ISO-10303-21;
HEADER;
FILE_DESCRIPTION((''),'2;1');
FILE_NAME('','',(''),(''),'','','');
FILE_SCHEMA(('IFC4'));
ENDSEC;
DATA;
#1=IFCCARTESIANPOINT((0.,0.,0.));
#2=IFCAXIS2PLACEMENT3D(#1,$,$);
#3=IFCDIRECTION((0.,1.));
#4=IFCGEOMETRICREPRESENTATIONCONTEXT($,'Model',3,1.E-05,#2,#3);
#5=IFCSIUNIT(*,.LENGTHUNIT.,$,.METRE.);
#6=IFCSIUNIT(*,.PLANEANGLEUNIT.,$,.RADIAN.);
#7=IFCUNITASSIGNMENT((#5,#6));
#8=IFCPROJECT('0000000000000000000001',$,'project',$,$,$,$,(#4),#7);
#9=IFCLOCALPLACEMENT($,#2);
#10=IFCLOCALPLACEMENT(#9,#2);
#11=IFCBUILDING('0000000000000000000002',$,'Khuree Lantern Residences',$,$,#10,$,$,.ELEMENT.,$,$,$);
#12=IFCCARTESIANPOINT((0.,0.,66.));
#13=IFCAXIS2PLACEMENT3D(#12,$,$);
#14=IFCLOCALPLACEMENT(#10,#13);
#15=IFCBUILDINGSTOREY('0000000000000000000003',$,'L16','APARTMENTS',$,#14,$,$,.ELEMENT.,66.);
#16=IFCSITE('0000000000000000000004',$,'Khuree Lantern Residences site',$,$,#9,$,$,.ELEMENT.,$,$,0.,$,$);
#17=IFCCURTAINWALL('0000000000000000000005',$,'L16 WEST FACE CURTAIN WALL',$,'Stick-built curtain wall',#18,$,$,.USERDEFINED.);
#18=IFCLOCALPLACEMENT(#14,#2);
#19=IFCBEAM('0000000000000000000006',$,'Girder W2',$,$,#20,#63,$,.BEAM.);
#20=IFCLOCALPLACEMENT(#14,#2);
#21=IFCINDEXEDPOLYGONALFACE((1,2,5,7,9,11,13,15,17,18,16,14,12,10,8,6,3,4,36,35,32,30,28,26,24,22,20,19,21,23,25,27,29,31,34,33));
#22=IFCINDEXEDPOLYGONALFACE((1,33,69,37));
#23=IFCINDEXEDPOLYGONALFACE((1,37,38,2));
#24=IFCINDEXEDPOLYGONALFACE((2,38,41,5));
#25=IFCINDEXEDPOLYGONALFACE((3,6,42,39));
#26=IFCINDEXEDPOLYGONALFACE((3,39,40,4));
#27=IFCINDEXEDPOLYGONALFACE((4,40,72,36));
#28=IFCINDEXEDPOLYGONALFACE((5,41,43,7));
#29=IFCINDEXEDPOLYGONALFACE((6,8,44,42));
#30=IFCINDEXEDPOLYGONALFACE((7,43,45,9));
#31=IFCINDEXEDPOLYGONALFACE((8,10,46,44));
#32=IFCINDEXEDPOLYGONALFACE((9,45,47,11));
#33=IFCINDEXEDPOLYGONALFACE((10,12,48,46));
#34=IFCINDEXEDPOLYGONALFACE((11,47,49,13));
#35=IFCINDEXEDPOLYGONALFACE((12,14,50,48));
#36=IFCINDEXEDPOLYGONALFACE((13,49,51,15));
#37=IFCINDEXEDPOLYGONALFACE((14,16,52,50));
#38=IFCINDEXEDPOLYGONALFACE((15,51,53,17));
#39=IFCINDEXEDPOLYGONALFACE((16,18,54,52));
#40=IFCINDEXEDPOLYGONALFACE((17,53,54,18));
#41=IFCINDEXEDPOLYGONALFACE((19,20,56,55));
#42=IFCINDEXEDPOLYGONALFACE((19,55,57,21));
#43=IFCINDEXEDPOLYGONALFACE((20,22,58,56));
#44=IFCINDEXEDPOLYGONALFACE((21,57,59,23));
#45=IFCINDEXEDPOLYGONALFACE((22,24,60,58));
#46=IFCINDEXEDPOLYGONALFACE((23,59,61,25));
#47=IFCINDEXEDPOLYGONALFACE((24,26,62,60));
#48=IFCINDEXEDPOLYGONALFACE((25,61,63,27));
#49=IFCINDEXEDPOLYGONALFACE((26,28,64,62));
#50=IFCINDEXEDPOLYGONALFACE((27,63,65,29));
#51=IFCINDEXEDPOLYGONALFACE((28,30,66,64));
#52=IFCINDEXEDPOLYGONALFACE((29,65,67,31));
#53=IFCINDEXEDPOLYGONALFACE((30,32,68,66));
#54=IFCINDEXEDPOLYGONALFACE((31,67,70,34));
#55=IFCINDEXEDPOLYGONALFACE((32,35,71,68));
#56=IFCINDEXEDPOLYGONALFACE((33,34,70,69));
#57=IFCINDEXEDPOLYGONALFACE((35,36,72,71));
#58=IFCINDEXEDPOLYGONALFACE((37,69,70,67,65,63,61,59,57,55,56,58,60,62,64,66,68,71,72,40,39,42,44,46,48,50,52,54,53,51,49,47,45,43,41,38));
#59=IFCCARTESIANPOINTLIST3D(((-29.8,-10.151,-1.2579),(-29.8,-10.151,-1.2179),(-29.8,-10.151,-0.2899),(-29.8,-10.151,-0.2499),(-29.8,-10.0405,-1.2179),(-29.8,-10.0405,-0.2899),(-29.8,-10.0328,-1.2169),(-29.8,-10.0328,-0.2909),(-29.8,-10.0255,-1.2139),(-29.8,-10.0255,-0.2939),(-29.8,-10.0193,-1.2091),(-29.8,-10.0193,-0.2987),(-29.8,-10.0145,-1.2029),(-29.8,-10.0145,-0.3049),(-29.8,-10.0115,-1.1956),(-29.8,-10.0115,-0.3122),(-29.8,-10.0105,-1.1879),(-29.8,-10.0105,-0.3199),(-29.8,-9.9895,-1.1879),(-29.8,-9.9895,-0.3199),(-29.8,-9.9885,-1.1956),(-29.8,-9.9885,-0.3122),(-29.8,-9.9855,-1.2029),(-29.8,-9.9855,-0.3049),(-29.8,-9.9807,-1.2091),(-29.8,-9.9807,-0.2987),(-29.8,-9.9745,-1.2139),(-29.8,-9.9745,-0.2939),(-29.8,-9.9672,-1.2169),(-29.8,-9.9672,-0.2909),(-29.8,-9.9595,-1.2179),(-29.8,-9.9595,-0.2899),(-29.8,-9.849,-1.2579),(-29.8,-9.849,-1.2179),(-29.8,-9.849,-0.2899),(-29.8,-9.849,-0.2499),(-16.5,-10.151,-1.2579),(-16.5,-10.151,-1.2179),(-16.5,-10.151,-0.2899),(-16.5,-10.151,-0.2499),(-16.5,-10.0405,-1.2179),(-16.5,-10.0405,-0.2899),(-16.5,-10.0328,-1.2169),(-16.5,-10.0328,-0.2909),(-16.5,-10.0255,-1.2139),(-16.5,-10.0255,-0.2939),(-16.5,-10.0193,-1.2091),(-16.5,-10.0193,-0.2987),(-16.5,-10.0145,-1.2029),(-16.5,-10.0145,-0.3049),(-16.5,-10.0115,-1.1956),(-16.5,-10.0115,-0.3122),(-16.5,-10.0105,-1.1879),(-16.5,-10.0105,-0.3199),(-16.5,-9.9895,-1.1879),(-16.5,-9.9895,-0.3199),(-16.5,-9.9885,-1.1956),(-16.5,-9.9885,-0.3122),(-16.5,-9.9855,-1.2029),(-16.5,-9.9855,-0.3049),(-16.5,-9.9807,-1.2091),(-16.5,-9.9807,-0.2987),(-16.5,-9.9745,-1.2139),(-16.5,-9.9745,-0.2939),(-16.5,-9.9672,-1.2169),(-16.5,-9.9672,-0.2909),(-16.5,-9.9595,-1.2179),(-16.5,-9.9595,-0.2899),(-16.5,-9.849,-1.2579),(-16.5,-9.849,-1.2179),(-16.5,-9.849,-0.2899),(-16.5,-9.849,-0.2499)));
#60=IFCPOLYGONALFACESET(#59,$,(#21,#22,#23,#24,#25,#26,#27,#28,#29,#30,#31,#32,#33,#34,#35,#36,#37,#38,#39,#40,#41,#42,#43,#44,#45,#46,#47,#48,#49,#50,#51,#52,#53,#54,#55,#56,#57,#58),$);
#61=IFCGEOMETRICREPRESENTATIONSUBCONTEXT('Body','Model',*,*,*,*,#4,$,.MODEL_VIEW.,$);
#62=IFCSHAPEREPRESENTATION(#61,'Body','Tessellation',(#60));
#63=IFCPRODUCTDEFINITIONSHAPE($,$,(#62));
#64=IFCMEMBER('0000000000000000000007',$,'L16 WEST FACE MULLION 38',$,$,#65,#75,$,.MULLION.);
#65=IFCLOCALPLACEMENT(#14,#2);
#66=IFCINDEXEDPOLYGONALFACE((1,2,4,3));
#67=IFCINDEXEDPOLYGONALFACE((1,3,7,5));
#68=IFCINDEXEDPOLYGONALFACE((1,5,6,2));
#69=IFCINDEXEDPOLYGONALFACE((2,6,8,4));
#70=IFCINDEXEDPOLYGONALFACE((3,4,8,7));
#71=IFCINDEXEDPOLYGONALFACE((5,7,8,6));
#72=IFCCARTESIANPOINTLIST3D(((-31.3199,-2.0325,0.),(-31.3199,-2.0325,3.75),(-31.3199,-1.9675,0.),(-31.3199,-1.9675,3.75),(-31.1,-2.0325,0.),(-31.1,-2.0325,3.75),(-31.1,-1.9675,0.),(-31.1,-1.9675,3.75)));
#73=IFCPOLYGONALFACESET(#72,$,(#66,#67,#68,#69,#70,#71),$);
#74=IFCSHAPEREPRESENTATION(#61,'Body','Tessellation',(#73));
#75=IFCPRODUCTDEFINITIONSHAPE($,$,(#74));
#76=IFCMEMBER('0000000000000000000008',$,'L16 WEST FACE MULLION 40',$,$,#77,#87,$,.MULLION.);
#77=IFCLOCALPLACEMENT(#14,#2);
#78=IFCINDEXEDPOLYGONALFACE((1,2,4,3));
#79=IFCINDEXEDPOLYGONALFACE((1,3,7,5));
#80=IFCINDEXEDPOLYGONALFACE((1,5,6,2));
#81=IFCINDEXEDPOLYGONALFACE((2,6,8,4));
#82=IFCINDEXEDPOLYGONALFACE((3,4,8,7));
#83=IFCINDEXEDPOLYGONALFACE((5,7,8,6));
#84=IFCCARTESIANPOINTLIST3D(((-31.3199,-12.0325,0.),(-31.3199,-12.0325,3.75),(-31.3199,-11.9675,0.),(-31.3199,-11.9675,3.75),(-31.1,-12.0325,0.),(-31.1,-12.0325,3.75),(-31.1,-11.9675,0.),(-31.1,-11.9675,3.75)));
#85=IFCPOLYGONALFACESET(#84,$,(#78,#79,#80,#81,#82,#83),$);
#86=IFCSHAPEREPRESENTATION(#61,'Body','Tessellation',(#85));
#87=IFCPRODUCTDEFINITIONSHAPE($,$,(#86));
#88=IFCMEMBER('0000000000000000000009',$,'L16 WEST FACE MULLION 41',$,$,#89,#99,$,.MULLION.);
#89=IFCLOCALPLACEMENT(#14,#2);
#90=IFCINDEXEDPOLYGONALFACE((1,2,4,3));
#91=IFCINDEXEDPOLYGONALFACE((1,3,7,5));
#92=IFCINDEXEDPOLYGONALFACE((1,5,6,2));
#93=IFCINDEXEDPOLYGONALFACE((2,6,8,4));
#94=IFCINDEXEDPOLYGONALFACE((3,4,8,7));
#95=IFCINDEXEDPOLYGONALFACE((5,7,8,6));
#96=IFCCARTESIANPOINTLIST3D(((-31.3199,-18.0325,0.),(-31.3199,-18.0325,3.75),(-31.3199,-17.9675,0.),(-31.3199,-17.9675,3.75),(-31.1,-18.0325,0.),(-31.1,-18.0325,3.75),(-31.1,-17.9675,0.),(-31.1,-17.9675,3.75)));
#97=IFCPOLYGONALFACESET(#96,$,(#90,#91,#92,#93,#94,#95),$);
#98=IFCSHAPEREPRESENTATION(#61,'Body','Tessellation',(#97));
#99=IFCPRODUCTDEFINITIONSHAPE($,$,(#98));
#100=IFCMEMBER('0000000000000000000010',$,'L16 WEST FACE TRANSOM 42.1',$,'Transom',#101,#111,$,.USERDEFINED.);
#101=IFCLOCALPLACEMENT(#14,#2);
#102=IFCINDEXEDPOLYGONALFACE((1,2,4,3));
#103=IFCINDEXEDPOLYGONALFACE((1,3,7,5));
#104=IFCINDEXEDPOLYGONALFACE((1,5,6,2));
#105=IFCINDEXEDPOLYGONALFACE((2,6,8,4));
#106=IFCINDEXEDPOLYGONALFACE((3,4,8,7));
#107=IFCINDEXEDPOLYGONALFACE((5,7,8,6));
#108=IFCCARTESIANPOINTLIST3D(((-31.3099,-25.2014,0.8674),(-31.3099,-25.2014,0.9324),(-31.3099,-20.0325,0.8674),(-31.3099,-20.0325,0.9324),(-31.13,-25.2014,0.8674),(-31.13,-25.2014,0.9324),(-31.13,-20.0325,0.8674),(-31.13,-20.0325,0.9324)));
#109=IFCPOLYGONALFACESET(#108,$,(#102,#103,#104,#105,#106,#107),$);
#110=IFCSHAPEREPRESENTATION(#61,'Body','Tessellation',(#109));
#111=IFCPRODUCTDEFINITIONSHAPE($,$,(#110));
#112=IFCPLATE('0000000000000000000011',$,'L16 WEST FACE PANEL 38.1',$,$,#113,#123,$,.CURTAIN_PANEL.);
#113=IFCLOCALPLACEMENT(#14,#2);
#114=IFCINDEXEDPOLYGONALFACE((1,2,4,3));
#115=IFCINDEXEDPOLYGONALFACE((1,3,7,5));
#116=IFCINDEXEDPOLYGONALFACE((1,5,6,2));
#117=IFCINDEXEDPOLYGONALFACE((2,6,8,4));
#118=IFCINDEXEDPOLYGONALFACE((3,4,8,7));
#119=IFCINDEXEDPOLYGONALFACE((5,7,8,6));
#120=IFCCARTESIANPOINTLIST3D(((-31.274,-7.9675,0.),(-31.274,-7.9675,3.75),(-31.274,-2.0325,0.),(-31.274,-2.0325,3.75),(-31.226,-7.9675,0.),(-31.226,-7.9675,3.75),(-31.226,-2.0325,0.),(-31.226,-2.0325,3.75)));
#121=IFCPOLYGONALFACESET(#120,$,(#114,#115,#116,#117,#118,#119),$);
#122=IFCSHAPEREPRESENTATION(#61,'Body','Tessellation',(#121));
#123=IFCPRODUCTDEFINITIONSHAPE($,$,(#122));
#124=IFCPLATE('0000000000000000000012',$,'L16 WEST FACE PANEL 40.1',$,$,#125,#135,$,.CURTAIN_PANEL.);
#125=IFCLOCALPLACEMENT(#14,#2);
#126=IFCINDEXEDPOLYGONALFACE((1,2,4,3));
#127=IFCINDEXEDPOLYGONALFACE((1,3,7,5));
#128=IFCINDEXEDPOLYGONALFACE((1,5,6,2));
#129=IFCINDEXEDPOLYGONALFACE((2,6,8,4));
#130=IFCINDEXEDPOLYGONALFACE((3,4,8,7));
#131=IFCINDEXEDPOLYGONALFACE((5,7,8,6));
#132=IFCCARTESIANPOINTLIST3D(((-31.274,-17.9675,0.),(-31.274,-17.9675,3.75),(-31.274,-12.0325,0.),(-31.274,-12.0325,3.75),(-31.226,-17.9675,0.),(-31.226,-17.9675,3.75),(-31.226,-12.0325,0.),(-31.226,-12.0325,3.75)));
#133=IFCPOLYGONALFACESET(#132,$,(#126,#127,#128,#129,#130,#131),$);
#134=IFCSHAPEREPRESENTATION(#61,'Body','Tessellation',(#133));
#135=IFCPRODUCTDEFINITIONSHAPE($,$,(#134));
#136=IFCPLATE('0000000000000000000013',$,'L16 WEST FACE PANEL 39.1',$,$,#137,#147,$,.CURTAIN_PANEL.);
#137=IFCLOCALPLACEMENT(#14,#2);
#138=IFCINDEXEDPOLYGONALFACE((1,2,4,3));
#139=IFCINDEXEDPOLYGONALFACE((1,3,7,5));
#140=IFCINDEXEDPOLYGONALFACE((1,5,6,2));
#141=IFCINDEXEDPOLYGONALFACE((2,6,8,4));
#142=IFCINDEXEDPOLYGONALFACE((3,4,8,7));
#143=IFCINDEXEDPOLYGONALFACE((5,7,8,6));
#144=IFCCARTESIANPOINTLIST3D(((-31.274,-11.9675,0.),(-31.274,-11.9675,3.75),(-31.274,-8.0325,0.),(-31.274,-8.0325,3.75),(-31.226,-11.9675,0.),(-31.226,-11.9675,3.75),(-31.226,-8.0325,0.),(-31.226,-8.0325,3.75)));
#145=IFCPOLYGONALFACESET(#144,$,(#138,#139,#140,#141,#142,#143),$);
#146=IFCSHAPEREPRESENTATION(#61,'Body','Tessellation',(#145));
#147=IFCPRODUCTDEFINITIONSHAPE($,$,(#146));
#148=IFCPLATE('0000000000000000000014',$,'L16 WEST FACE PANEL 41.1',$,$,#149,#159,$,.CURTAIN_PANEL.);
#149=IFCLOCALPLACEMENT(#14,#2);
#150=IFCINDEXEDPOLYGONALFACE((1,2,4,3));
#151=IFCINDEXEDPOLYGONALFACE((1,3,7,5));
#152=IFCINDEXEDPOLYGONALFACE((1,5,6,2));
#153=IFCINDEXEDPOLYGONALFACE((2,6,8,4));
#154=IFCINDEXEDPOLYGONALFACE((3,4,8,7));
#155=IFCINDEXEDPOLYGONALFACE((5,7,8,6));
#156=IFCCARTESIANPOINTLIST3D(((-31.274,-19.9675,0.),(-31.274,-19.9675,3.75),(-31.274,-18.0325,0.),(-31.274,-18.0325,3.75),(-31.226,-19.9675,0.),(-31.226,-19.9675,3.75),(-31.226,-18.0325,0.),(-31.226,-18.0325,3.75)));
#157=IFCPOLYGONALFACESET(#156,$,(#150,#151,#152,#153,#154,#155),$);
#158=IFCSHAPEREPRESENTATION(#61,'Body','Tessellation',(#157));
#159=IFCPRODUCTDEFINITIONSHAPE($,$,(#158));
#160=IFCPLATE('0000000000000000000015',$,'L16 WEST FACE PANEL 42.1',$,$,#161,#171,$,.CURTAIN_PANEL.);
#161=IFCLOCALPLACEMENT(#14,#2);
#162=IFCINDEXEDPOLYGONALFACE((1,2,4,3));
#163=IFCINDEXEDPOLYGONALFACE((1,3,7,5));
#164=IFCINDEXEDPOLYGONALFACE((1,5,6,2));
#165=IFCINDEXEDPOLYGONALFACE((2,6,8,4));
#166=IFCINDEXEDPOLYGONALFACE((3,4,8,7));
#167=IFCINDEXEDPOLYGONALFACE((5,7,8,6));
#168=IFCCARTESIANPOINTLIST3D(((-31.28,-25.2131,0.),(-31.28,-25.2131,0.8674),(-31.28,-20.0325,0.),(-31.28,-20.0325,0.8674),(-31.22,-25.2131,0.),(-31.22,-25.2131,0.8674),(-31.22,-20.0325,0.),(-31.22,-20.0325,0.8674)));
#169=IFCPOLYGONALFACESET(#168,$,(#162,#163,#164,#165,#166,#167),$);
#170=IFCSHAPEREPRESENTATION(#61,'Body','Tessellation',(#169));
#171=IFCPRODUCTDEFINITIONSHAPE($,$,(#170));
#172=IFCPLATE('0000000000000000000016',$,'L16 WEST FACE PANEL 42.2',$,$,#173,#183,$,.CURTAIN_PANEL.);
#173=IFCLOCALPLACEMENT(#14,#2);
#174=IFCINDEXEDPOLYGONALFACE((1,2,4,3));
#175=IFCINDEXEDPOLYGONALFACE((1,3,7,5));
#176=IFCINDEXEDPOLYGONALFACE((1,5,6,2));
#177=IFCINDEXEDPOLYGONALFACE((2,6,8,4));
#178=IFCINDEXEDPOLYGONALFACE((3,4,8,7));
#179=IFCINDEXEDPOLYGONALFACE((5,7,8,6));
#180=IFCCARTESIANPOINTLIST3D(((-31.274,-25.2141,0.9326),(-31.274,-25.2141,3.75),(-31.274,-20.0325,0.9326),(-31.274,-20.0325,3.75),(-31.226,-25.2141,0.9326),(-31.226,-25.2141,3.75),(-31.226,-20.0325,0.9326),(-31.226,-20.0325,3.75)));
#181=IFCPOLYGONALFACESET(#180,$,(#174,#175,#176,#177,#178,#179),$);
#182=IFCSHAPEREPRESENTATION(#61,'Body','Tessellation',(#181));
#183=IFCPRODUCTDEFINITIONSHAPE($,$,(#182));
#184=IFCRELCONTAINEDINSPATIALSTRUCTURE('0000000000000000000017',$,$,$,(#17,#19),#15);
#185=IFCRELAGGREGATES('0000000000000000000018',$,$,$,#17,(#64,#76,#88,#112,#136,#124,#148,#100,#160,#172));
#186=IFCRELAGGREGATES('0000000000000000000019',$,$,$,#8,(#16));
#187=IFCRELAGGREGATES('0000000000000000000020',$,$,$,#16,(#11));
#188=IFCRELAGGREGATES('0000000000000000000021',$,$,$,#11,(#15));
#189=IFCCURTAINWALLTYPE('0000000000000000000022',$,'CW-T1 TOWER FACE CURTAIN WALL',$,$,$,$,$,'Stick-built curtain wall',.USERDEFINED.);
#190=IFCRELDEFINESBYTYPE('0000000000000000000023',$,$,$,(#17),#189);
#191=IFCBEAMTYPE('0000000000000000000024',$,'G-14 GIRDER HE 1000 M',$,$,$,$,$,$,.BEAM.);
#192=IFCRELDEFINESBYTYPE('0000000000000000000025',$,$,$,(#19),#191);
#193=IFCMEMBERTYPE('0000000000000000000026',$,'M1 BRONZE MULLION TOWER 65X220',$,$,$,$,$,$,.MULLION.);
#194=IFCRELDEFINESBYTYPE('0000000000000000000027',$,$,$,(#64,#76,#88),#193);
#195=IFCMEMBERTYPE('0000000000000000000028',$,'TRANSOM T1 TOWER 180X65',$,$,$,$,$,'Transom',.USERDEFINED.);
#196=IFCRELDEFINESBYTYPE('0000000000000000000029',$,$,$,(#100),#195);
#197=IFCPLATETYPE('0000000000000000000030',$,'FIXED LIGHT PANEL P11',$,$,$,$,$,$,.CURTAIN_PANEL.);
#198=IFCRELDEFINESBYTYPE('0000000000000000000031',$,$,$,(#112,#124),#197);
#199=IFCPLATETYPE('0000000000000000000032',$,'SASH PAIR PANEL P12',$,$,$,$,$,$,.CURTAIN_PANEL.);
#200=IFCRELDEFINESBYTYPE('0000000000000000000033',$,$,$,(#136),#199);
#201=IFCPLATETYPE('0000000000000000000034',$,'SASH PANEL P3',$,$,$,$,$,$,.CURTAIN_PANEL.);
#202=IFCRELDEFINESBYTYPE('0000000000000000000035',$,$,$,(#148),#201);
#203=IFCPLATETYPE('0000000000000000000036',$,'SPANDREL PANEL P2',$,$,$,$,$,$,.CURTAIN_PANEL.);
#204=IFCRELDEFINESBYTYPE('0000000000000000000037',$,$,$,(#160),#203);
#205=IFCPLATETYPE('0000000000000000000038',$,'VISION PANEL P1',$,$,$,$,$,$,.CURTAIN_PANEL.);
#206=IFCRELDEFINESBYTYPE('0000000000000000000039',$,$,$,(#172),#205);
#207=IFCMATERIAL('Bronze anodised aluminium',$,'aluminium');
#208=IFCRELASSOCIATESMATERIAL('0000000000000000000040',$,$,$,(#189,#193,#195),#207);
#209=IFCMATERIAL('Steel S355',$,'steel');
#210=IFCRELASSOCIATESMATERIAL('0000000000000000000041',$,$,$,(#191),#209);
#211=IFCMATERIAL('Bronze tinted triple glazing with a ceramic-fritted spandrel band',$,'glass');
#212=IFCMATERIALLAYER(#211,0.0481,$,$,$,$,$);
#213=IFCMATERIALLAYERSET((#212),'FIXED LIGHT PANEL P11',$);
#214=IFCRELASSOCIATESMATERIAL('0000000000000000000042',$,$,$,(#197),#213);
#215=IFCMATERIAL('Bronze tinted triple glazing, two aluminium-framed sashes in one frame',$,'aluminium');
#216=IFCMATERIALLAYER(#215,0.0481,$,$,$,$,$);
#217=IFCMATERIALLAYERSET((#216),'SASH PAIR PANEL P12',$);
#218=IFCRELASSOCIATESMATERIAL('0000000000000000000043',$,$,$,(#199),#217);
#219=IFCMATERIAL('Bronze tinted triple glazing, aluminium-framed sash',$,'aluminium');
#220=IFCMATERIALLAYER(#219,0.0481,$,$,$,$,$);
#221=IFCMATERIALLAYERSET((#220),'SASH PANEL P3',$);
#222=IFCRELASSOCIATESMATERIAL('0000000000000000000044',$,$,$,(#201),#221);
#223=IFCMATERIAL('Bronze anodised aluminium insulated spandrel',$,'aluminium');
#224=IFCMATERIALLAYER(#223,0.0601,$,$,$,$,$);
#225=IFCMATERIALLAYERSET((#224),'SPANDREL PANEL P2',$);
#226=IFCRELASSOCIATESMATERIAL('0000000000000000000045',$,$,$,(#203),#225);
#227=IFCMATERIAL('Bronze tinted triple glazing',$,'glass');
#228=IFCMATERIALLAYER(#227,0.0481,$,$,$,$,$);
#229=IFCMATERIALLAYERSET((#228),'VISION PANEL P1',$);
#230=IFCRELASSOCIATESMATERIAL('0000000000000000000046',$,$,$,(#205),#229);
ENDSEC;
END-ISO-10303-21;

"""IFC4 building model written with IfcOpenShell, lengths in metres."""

from ifc_helpers import new_model, si_unit, direction, frame, origin, origin_2d, place, context, subcontext, project, spatial, rectangle, i_section, extrude, material, layer, layer_set, material_profile, profile_set, type_object, element, aggregate, save


model = new_model("IFC4")

# Units and contexts
model_context = context("Model", 3, precision=1e-05, world=origin(), true_north=direction((0.0, 1.0)))
body_context = subcontext(model_context, "Body", "Model", "MODEL_VIEW")
ifc_project = project(units=[si_unit("LENGTHUNIT", "METRE"), si_unit("PLANEANGLEUNIT", "RADIAN")], contexts=[model_context])

# Site, building, storey
site_placement = place(None, origin())
site = spatial("IfcSite", under=ifc_project, at=site_placement, Name="Khuree Lantern Residences site", CompositionType="ELEMENT", RefElevation=0.0)
building_placement = place(site_placement, origin())
building = spatial("IfcBuilding", under=site, at=building_placement, Name="Khuree Lantern Residences", CompositionType="ELEMENT")
storey_placement = place(building_placement, frame((0.0, 0.0, 66.0)))
storey = spatial("IfcBuildingStorey", under=building, at=storey_placement, Name="L16", Description="APARTMENTS", CompositionType="ELEMENT", Elevation=66.0)

# Shared definitions
ifc_material_1 = material(Name="Steel S355", Category="steel")

# Curtain wall
ifc_material_2 = material(Name="Bronze anodised aluminium", Category="aluminium")
curtain_wall_type = type_object("IfcCurtainWallType", Name="CW-T1 TOWER FACE CURTAIN WALL", ElementType="Stick-built curtain wall", PredefinedType="USERDEFINED", material=ifc_material_2)
curtain_wall_placement = place(storey_placement, origin())
curtain_wall = element("IfcCurtainWall", 1, at=curtain_wall_placement, inside=storey, type_object=curtain_wall_type, Name="L16 WEST FACE CURTAIN WALL", ObjectType="Stick-built curtain wall", PredefinedType="USERDEFINED")

# Beam
ifc_material_profile_1 = material_profile(ifc_material_1, i_section(OverallWidth=0.302, OverallDepth=1.0081, WebThickness=0.021, FlangeThickness=0.04, FilletRadius=0.03, at=origin_2d()), Name="HE 1000 M")
ifc_profile_set_1 = profile_set([ifc_material_profile_1], Name="Steel S355")
beam_type_1 = type_object("IfcBeamType", Name="G-14 GIRDER HE 1000 M", PredefinedType="BEAM", material=ifc_profile_set_1)
beam_1_placement = place(storey_placement, frame((-29.8, -10.0, -0.7539), z_axis=(1.0, 0.0, 0.0), x_axis=(0.0, 1.0, 0.0)))
element("IfcBeam", 2, at=beam_1_placement, inside=storey, type_object=beam_type_1, Name="Girder W2", PredefinedType="BEAM", context=body_context, shape_type="SweptSolid", body=[
    extrude(i_section(OverallWidth=0.302, OverallDepth=1.0081, WebThickness=0.021, FlangeThickness=0.04, FilletRadius=0.03, at=origin_2d()), origin(), (0.0, 0.0, 1.0), 13.3),
])

# Members
ifc_material_profile_2 = material_profile(ifc_material_2, rectangle(XDim=0.0649, YDim=0.22, at=origin_2d()), Name="M1 65X220")
ifc_profile_set_2 = profile_set([ifc_material_profile_2], Name="Bronze anodised aluminium")
member_type_1 = type_object("IfcMemberType", Name="M1 BRONZE MULLION TOWER 65X220", PredefinedType="MULLION", material=ifc_profile_set_2)
member_1_placement = place(storey_placement, frame((-31.21, -2.0, 0.0), z_axis=(0.0, 0.0, 1.0), x_axis=(0.0, -1.0, 0.0)))
member_1 = element("IfcMember", 3, at=member_1_placement, type_object=member_type_1, Name="L16 WEST FACE MULLION 38", PredefinedType="MULLION", context=body_context, shape_type="SweptSolid", body=[
    extrude(rectangle(XDim=0.0649, YDim=0.22, at=origin_2d()), origin(), (0.0, 0.0, 1.0), 3.75),
])
member_2_placement = place(storey_placement, frame((-31.21, -12.0, 0.0), z_axis=(0.0, 0.0, 1.0), x_axis=(0.0, -1.0, 0.0)))
member_2 = element("IfcMember", 4, at=member_2_placement, type_object=member_type_1, Name="L16 WEST FACE MULLION 40", PredefinedType="MULLION", context=body_context, shape_type="SweptSolid", body=[
    extrude(rectangle(XDim=0.0649, YDim=0.22, at=origin_2d()), origin(), (0.0, 0.0, 1.0), 3.75),
])
member_3_placement = place(storey_placement, frame((-31.21, -18.0, 0.0), z_axis=(0.0, 0.0, 1.0), x_axis=(0.0, -1.0, 0.0)))
member_3 = element("IfcMember", 5, at=member_3_placement, type_object=member_type_1, Name="L16 WEST FACE MULLION 41", PredefinedType="MULLION", context=body_context, shape_type="SweptSolid", body=[
    extrude(rectangle(XDim=0.0649, YDim=0.22, at=origin_2d()), origin(), (0.0, 0.0, 1.0), 3.75),
])
ifc_material_profile_3 = material_profile(ifc_material_2, rectangle(XDim=0.1799, YDim=0.0649, at=origin_2d()), Name="T1 180X65")
ifc_profile_set_3 = profile_set([ifc_material_profile_3], Name="Bronze anodised aluminium")
member_type_2 = type_object("IfcMemberType", Name="TRANSOM T1 TOWER 180X65", ElementType="Transom", PredefinedType="USERDEFINED", material=ifc_profile_set_3)
member_4_placement = place(storey_placement, frame((-31.22, -20.0325, 0.8999), z_axis=(0.0, -1.0, 0.0), x_axis=(1.0, 0.0, 0.0)))
member_4 = element("IfcMember", 6, at=member_4_placement, type_object=member_type_2, Name="L16 WEST FACE TRANSOM 42.1", ObjectType="Transom", PredefinedType="USERDEFINED", context=body_context, shape_type="SweptSolid", body=[
    extrude(rectangle(XDim=0.1799, YDim=0.0649, at=origin_2d()), origin(), (0.0, 0.0, 1.0), 5.1689),
])

# Plates
ifc_material_3 = material(Name="Bronze tinted triple glazing with a ceramic-fritted spandrel band", Category="glass")
ifc_layer_1 = layer(ifc_material_3, 0.0481)
ifc_layer_set_1 = layer_set([ifc_layer_1], Name="FIXED LIGHT PANEL P11")
plate_type_1 = type_object("IfcPlateType", Name="FIXED LIGHT PANEL P11", PredefinedType="CURTAIN_PANEL", material=ifc_layer_set_1)
plate_1_placement = place(storey_placement, frame((-31.25, -5.0, 0.0), z_axis=(0.0, 0.0, 1.0), x_axis=(0.0, -1.0, 0.0)))
plate_1 = element("IfcPlate", 7, at=plate_1_placement, type_object=plate_type_1, Name="L16 WEST FACE PANEL 38.1", PredefinedType="CURTAIN_PANEL", context=body_context, shape_type="SweptSolid", body=[
    extrude(rectangle(XDim=5.9351, YDim=0.0481, at=origin_2d()), origin(), (0.0, 0.0, 1.0), 3.75),
])
plate_2_placement = place(storey_placement, frame((-31.25, -15.0, 0.0), z_axis=(0.0, 0.0, 1.0), x_axis=(0.0, -1.0, 0.0)))
plate_2 = element("IfcPlate", 8, at=plate_2_placement, type_object=plate_type_1, Name="L16 WEST FACE PANEL 40.1", PredefinedType="CURTAIN_PANEL", context=body_context, shape_type="SweptSolid", body=[
    extrude(rectangle(XDim=5.9351, YDim=0.0481, at=origin_2d()), origin(), (0.0, 0.0, 1.0), 3.75),
])
ifc_material_4 = material(Name="Bronze tinted triple glazing, two aluminium-framed sashes in one frame", Category="aluminium")
ifc_layer_2 = layer(ifc_material_4, 0.0481)
ifc_layer_set_2 = layer_set([ifc_layer_2], Name="SASH PAIR PANEL P12")
plate_type_2 = type_object("IfcPlateType", Name="SASH PAIR PANEL P12", PredefinedType="CURTAIN_PANEL", material=ifc_layer_set_2)
plate_3_placement = place(storey_placement, frame((-31.25, -10.0, 0.0), z_axis=(0.0, 0.0, 1.0), x_axis=(0.0, -1.0, 0.0)))
plate_3 = element("IfcPlate", 9, at=plate_3_placement, type_object=plate_type_2, Name="L16 WEST FACE PANEL 39.1", PredefinedType="CURTAIN_PANEL", context=body_context, shape_type="SweptSolid", body=[
    extrude(rectangle(XDim=3.9351, YDim=0.0481, at=origin_2d()), origin(), (0.0, 0.0, 1.0), 3.75),
])
ifc_material_5 = material(Name="Bronze tinted triple glazing, aluminium-framed sash", Category="aluminium")
ifc_layer_3 = layer(ifc_material_5, 0.0481)
ifc_layer_set_3 = layer_set([ifc_layer_3], Name="SASH PANEL P3")
plate_type_3 = type_object("IfcPlateType", Name="SASH PANEL P3", PredefinedType="CURTAIN_PANEL", material=ifc_layer_set_3)
plate_4_placement = place(storey_placement, frame((-31.25, -19.0, 0.0), z_axis=(0.0, 0.0, 1.0), x_axis=(0.0, -1.0, 0.0)))
plate_4 = element("IfcPlate", 10, at=plate_4_placement, type_object=plate_type_3, Name="L16 WEST FACE PANEL 41.1", PredefinedType="CURTAIN_PANEL", context=body_context, shape_type="SweptSolid", body=[
    extrude(rectangle(XDim=1.9351, YDim=0.0481, at=origin_2d()), origin(), (0.0, 0.0, 1.0), 3.75),
])
ifc_material_6 = material(Name="Bronze anodised aluminium insulated spandrel", Category="aluminium")
ifc_layer_4 = layer(ifc_material_6, 0.0601)
ifc_layer_set_4 = layer_set([ifc_layer_4], Name="SPANDREL PANEL P2")
plate_type_4 = type_object("IfcPlateType", Name="SPANDREL PANEL P2", PredefinedType="CURTAIN_PANEL", material=ifc_layer_set_4)
plate_5_placement = place(storey_placement, frame((-31.25, -22.6228, 0.0), z_axis=(0.0, 0.0, 1.0), x_axis=(0.0, -1.0, 0.0)))
plate_5 = element("IfcPlate", 11, at=plate_5_placement, type_object=plate_type_4, Name="L16 WEST FACE PANEL 42.1", PredefinedType="CURTAIN_PANEL", context=body_context, shape_type="SweptSolid", body=[
    extrude(rectangle(XDim=5.1807, YDim=0.0601, at=origin_2d()), origin(), (0.0, 0.0, 1.0), 0.8674),
])
ifc_material_7 = material(Name="Bronze tinted triple glazing", Category="glass")
ifc_layer_5 = layer(ifc_material_7, 0.0481)
ifc_layer_set_5 = layer_set([ifc_layer_5], Name="VISION PANEL P1")
plate_type_5 = type_object("IfcPlateType", Name="VISION PANEL P1", PredefinedType="CURTAIN_PANEL", material=ifc_layer_set_5)
plate_6_placement = place(storey_placement, frame((-31.25, -22.6233, 0.9326), z_axis=(0.0, 0.0, 1.0), x_axis=(0.0, -1.0, 0.0)))
plate_6 = element("IfcPlate", 12, at=plate_6_placement, type_object=plate_type_5, Name="L16 WEST FACE PANEL 42.2", PredefinedType="CURTAIN_PANEL", context=body_context, shape_type="SweptSolid", body=[
    extrude(rectangle(XDim=5.1816, YDim=0.0481, at=origin_2d()), origin(), (0.0, 0.0, 1.0), 2.8174),
])
aggregate(curtain_wall, [member_1, member_2, member_3, plate_1, plate_3, plate_2, plate_4, member_4, plate_5, plate_6])

save(model, "model.ifc")
